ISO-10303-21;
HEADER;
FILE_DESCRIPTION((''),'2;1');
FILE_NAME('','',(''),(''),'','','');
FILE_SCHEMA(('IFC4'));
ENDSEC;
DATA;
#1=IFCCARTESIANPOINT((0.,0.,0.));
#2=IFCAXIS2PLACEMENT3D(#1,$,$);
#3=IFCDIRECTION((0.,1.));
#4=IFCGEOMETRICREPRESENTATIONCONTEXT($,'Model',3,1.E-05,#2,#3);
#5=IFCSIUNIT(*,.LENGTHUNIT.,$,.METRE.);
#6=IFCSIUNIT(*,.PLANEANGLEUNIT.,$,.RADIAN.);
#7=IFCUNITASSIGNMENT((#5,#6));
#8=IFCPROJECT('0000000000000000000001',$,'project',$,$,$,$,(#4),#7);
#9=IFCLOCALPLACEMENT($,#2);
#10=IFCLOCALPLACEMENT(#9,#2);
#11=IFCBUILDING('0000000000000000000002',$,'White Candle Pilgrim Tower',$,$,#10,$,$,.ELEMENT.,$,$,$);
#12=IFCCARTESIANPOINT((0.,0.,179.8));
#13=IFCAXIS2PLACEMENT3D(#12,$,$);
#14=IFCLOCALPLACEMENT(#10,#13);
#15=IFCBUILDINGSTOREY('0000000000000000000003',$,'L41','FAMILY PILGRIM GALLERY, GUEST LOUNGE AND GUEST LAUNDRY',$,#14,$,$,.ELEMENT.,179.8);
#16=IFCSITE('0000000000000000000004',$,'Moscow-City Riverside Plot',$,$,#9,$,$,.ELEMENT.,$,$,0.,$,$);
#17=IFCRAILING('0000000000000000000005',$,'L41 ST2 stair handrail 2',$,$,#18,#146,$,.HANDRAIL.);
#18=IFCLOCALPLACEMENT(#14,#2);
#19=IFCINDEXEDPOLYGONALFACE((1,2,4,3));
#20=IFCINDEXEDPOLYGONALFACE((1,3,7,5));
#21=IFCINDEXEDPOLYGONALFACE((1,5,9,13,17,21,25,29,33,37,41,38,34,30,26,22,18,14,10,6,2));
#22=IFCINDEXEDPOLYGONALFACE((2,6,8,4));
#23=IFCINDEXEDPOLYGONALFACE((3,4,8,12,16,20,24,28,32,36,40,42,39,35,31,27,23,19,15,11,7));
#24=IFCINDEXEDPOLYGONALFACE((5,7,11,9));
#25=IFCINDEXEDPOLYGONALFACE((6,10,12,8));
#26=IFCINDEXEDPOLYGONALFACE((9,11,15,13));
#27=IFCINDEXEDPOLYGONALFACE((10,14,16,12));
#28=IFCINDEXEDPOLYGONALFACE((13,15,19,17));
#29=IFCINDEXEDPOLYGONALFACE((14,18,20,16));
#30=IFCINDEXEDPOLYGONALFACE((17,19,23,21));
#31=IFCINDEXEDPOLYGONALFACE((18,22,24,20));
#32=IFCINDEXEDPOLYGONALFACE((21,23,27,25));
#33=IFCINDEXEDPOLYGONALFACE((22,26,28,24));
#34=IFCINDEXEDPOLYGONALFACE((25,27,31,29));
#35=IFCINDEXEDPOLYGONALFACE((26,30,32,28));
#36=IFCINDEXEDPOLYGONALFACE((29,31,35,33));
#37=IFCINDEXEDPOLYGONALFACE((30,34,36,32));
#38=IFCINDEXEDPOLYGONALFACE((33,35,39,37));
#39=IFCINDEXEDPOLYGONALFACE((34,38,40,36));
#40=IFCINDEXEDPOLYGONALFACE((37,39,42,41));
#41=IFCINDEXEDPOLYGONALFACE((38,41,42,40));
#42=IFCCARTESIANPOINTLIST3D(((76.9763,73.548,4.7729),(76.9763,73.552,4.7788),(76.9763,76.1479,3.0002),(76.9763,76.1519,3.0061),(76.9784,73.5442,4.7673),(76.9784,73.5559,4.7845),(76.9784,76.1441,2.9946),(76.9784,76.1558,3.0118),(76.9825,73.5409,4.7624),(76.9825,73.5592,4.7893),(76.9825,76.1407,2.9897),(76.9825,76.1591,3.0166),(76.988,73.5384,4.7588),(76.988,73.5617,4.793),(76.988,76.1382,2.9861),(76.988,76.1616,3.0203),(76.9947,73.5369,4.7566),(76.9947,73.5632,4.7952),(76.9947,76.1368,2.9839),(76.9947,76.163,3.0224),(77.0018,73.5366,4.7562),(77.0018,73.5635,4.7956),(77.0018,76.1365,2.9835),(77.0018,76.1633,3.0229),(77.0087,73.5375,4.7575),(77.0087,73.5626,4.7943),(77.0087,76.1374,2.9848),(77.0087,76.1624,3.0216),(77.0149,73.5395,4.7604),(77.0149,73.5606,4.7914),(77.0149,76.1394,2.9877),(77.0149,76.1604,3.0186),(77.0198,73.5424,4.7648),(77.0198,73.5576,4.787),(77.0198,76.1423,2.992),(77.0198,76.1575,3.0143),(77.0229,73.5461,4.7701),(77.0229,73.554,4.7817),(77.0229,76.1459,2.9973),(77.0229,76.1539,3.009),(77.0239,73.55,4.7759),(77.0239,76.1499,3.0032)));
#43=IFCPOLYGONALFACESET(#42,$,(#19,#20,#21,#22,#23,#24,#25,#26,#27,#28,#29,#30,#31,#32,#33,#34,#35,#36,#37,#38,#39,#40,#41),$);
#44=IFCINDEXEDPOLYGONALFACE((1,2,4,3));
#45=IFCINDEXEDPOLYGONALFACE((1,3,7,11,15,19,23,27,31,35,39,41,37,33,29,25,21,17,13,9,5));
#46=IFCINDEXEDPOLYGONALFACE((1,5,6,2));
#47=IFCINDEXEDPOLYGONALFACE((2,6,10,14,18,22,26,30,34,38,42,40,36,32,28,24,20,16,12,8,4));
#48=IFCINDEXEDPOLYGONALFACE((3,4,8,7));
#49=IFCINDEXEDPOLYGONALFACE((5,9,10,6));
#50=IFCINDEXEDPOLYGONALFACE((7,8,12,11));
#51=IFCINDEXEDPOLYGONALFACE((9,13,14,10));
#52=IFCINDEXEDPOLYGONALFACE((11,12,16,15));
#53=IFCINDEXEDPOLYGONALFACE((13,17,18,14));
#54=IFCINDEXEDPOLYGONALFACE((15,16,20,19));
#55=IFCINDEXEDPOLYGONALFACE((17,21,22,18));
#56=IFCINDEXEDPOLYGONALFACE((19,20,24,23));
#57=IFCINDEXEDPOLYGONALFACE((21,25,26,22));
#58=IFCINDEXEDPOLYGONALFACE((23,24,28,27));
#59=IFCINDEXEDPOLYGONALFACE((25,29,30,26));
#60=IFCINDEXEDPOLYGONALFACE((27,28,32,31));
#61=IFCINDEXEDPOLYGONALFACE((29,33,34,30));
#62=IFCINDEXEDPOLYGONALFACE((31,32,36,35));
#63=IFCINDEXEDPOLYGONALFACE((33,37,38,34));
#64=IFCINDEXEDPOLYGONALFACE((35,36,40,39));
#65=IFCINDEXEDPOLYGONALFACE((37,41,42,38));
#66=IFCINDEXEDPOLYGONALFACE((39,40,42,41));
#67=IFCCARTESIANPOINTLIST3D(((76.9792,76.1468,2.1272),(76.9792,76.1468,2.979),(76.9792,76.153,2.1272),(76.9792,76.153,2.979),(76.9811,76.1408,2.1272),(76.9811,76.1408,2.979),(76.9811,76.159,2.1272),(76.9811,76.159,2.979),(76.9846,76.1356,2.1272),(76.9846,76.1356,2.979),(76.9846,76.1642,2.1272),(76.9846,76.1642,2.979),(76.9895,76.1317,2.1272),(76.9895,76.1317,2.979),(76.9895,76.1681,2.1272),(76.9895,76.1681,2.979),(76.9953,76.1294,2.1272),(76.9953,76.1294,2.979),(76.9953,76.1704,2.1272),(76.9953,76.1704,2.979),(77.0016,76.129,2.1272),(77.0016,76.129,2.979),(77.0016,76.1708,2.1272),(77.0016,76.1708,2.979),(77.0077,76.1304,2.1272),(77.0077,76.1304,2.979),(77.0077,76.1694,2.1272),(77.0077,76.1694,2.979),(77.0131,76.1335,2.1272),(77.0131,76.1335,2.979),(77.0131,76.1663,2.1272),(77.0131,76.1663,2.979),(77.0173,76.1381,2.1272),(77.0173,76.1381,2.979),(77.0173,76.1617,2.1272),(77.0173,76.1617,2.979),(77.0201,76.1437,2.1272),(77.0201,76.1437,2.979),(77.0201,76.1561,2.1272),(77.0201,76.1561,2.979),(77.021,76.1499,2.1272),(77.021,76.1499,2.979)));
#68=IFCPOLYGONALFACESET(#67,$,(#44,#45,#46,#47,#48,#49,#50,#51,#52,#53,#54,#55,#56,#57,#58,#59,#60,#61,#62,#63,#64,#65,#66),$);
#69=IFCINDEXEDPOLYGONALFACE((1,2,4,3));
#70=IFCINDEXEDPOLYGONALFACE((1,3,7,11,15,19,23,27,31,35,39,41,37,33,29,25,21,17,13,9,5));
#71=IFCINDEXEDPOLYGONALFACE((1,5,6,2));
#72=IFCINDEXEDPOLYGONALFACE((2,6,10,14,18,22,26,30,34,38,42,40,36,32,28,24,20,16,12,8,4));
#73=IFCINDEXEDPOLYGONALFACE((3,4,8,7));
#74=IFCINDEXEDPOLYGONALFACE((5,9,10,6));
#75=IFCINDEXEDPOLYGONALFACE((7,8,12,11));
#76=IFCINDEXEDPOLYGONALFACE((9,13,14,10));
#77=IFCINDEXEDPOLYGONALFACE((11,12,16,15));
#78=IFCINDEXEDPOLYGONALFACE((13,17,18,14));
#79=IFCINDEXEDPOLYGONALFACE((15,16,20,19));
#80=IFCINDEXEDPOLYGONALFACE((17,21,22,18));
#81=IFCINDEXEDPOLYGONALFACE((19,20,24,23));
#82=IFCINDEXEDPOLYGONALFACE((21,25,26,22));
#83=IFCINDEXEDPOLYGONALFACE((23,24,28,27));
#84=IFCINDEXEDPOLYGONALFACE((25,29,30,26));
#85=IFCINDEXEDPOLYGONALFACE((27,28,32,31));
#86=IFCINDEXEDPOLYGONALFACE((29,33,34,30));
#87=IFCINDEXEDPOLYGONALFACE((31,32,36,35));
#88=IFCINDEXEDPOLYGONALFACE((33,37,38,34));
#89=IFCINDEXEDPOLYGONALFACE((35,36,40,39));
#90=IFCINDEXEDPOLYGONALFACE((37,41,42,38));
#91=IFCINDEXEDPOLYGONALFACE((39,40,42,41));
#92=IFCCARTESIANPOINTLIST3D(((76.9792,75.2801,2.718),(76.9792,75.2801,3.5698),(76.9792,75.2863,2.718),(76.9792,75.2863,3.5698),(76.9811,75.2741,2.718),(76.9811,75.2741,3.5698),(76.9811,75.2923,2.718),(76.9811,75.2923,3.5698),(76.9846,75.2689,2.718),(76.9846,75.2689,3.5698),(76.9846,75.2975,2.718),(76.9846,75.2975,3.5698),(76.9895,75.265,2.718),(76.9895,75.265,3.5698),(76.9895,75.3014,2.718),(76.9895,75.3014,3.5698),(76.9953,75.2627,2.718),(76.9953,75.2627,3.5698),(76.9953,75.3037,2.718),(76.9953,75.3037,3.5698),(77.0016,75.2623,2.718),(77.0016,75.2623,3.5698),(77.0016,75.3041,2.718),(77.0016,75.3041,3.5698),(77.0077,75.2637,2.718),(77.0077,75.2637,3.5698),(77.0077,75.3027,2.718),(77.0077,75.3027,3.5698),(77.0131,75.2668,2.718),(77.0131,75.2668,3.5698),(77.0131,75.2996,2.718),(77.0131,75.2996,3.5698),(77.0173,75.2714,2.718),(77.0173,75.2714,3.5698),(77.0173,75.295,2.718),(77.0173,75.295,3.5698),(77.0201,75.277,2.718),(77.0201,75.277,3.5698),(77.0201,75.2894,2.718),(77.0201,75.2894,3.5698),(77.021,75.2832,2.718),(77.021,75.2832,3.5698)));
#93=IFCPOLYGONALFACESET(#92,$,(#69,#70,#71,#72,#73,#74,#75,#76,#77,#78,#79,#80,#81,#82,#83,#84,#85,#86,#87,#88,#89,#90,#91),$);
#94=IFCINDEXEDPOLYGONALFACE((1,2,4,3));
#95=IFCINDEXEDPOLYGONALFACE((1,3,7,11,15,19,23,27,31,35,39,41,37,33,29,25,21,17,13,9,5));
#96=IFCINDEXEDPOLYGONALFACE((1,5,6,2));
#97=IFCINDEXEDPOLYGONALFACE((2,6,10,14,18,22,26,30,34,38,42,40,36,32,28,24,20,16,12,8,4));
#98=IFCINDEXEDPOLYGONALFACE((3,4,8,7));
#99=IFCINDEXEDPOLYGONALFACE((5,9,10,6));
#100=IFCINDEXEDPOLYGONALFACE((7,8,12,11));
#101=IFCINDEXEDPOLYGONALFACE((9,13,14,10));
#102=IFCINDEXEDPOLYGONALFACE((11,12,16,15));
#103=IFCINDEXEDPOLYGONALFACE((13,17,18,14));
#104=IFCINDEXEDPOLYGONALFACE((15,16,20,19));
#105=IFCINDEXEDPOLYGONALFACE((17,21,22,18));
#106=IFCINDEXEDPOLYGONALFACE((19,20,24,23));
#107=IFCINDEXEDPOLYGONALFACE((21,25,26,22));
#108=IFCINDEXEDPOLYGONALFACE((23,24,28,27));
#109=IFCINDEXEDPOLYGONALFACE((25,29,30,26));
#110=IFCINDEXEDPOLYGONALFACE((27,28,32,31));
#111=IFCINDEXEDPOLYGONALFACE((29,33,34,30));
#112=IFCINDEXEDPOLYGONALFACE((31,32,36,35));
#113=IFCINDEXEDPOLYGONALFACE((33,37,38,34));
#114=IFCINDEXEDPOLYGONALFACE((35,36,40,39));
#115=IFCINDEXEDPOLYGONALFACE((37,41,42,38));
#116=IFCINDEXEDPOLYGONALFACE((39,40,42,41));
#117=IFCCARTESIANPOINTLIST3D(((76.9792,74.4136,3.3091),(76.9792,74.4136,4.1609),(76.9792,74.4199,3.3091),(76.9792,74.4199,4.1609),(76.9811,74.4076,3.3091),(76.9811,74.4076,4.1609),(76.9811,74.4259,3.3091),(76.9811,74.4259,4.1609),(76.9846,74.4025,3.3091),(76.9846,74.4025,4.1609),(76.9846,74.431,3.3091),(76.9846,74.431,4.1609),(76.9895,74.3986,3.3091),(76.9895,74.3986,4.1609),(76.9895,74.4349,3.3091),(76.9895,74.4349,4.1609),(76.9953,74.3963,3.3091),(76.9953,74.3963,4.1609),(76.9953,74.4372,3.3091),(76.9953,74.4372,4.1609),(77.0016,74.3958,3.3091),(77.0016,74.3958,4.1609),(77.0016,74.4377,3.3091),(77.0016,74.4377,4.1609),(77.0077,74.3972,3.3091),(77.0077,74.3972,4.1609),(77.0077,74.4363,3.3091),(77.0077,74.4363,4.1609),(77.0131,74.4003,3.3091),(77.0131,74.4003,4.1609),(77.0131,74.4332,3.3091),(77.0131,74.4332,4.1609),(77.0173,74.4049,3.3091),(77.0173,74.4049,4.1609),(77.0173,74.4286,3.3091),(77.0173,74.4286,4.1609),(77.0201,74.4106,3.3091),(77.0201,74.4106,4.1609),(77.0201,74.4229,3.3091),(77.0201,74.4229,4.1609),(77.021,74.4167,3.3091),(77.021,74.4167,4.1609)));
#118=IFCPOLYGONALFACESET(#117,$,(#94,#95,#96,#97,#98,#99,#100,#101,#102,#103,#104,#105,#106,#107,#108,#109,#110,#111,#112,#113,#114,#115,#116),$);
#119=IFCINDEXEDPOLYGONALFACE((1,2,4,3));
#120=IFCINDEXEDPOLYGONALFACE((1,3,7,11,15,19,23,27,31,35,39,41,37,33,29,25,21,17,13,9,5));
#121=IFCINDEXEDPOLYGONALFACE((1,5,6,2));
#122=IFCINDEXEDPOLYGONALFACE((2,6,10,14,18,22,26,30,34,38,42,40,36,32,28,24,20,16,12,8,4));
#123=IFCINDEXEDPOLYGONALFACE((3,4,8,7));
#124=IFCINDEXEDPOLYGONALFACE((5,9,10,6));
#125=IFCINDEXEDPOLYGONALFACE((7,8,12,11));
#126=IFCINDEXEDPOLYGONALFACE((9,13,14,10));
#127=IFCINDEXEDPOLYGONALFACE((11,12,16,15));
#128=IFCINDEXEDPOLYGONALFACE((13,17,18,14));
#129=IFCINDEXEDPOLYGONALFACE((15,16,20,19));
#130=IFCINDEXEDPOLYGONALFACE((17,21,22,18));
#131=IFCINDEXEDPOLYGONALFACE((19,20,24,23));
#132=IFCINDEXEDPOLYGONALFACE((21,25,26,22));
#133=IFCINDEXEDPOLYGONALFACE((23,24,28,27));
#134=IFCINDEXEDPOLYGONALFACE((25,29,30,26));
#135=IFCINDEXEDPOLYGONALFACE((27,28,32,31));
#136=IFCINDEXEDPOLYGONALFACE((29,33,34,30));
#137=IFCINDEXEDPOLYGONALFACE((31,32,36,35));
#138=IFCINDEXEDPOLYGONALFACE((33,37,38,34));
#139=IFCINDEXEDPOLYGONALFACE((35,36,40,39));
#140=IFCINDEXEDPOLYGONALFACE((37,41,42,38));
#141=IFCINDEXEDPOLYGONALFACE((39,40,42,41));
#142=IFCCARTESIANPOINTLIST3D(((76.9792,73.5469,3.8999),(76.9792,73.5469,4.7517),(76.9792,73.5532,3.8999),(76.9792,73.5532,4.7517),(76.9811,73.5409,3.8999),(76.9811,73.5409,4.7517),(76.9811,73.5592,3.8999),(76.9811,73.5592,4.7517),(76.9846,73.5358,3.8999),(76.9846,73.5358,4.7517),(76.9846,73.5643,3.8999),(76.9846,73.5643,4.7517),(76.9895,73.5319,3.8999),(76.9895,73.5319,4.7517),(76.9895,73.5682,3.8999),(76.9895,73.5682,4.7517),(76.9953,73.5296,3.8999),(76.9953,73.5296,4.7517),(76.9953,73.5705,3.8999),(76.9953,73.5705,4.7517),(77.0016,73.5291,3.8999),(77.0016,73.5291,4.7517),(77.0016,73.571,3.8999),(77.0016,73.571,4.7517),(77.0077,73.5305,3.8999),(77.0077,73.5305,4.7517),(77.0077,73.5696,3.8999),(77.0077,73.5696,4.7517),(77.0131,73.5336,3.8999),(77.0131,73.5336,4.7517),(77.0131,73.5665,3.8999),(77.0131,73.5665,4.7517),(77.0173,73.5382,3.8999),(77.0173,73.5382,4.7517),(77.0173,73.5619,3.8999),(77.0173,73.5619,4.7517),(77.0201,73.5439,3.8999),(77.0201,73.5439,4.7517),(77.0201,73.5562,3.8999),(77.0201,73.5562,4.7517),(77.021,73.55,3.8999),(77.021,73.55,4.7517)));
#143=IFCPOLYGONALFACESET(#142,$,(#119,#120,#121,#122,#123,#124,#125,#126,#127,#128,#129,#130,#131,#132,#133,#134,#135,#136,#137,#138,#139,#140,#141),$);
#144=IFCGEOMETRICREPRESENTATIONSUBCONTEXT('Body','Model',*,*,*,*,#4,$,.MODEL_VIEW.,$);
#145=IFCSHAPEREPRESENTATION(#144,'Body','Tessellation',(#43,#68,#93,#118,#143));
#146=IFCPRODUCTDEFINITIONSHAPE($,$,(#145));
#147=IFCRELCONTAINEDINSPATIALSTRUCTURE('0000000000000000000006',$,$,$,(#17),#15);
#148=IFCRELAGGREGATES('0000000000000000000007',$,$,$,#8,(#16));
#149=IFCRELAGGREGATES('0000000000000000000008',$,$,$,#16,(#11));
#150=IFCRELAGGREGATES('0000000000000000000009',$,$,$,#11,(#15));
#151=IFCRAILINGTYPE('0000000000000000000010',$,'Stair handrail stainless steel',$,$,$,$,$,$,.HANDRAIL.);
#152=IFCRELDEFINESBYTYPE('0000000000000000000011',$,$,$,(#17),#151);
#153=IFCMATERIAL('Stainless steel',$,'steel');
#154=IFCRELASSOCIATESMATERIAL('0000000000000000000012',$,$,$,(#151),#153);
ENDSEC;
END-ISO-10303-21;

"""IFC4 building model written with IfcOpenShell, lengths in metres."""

from ifc_helpers import new_model, si_unit, direction, frame, origin, origin_2d, place, context, subcontext, project, spatial, circle, extrude, material, type_object, element, save


model = new_model("IFC4")

# Units and contexts
model_context = context("Model", 3, precision=1e-05, world=origin(), true_north=direction((0.0, 1.0)))
body_context = subcontext(model_context, "Body", "Model", "MODEL_VIEW")
ifc_project = project(units=[si_unit("LENGTHUNIT", "METRE"), si_unit("PLANEANGLEUNIT", "RADIAN")], contexts=[model_context])

# Site, building, storey
site_placement = place(None, origin())
site = spatial("IfcSite", under=ifc_project, at=site_placement, Name="Moscow-City Riverside Plot", CompositionType="ELEMENT", RefElevation=0.0)
building_placement = place(site_placement, origin())
building = spatial("IfcBuilding", under=site, at=building_placement, Name="White Candle Pilgrim Tower", CompositionType="ELEMENT")
storey_placement = place(building_placement, frame((0.0, 0.0, 179.8)))
storey = spatial("IfcBuildingStorey", under=building, at=storey_placement, Name="L41", Description="FAMILY PILGRIM GALLERY, GUEST LOUNGE AND GUEST LAUNDRY", CompositionType="ELEMENT", Elevation=179.8)

# Railing
ifc_material_1 = material(Name="Stainless steel", Category="steel")
railing_type_1 = type_object("IfcRailingType", Name="Stair handrail stainless steel", PredefinedType="HANDRAIL", material=ifc_material_1)
railing_1_placement = place(storey_placement, frame((77.0, 76.1499, 2.1272)))
element("IfcRailing", 1, at=railing_1_placement, inside=storey, type_object=railing_type_1, Name="L41 ST2 stair handrail 2", PredefinedType="HANDRAIL", context=body_context, shape_type="SweptSolid", body=[
    extrude(circle(Radius=0.0239, at=origin_2d()), frame((0.0, 0.0, 0.876), z_axis=(0.0, -0.826216, 0.563354), x_axis=(1.0, 0.0, 0.0)), (0.0, 0.0, 1.0), 3.1467),
    extrude(circle(Radius=0.021, at=origin_2d()), origin(), (0.0, 0.0, 1.0), 0.8518),
    extrude(circle(Radius=0.021, at=origin_2d()), frame((0.0, -0.8667, 0.5908)), (0.0, 0.0, 1.0), 0.8518),
    extrude(circle(Radius=0.021, at=origin_2d()), frame((0.0, -1.7332, 1.1819)), (0.0, 0.0, 1.0), 0.8518),
    extrude(circle(Radius=0.021, at=origin_2d()), frame((0.0, -2.5999, 1.7727)), (0.0, 0.0, 1.0), 0.8518),
])

save(model, "model.ifc")
